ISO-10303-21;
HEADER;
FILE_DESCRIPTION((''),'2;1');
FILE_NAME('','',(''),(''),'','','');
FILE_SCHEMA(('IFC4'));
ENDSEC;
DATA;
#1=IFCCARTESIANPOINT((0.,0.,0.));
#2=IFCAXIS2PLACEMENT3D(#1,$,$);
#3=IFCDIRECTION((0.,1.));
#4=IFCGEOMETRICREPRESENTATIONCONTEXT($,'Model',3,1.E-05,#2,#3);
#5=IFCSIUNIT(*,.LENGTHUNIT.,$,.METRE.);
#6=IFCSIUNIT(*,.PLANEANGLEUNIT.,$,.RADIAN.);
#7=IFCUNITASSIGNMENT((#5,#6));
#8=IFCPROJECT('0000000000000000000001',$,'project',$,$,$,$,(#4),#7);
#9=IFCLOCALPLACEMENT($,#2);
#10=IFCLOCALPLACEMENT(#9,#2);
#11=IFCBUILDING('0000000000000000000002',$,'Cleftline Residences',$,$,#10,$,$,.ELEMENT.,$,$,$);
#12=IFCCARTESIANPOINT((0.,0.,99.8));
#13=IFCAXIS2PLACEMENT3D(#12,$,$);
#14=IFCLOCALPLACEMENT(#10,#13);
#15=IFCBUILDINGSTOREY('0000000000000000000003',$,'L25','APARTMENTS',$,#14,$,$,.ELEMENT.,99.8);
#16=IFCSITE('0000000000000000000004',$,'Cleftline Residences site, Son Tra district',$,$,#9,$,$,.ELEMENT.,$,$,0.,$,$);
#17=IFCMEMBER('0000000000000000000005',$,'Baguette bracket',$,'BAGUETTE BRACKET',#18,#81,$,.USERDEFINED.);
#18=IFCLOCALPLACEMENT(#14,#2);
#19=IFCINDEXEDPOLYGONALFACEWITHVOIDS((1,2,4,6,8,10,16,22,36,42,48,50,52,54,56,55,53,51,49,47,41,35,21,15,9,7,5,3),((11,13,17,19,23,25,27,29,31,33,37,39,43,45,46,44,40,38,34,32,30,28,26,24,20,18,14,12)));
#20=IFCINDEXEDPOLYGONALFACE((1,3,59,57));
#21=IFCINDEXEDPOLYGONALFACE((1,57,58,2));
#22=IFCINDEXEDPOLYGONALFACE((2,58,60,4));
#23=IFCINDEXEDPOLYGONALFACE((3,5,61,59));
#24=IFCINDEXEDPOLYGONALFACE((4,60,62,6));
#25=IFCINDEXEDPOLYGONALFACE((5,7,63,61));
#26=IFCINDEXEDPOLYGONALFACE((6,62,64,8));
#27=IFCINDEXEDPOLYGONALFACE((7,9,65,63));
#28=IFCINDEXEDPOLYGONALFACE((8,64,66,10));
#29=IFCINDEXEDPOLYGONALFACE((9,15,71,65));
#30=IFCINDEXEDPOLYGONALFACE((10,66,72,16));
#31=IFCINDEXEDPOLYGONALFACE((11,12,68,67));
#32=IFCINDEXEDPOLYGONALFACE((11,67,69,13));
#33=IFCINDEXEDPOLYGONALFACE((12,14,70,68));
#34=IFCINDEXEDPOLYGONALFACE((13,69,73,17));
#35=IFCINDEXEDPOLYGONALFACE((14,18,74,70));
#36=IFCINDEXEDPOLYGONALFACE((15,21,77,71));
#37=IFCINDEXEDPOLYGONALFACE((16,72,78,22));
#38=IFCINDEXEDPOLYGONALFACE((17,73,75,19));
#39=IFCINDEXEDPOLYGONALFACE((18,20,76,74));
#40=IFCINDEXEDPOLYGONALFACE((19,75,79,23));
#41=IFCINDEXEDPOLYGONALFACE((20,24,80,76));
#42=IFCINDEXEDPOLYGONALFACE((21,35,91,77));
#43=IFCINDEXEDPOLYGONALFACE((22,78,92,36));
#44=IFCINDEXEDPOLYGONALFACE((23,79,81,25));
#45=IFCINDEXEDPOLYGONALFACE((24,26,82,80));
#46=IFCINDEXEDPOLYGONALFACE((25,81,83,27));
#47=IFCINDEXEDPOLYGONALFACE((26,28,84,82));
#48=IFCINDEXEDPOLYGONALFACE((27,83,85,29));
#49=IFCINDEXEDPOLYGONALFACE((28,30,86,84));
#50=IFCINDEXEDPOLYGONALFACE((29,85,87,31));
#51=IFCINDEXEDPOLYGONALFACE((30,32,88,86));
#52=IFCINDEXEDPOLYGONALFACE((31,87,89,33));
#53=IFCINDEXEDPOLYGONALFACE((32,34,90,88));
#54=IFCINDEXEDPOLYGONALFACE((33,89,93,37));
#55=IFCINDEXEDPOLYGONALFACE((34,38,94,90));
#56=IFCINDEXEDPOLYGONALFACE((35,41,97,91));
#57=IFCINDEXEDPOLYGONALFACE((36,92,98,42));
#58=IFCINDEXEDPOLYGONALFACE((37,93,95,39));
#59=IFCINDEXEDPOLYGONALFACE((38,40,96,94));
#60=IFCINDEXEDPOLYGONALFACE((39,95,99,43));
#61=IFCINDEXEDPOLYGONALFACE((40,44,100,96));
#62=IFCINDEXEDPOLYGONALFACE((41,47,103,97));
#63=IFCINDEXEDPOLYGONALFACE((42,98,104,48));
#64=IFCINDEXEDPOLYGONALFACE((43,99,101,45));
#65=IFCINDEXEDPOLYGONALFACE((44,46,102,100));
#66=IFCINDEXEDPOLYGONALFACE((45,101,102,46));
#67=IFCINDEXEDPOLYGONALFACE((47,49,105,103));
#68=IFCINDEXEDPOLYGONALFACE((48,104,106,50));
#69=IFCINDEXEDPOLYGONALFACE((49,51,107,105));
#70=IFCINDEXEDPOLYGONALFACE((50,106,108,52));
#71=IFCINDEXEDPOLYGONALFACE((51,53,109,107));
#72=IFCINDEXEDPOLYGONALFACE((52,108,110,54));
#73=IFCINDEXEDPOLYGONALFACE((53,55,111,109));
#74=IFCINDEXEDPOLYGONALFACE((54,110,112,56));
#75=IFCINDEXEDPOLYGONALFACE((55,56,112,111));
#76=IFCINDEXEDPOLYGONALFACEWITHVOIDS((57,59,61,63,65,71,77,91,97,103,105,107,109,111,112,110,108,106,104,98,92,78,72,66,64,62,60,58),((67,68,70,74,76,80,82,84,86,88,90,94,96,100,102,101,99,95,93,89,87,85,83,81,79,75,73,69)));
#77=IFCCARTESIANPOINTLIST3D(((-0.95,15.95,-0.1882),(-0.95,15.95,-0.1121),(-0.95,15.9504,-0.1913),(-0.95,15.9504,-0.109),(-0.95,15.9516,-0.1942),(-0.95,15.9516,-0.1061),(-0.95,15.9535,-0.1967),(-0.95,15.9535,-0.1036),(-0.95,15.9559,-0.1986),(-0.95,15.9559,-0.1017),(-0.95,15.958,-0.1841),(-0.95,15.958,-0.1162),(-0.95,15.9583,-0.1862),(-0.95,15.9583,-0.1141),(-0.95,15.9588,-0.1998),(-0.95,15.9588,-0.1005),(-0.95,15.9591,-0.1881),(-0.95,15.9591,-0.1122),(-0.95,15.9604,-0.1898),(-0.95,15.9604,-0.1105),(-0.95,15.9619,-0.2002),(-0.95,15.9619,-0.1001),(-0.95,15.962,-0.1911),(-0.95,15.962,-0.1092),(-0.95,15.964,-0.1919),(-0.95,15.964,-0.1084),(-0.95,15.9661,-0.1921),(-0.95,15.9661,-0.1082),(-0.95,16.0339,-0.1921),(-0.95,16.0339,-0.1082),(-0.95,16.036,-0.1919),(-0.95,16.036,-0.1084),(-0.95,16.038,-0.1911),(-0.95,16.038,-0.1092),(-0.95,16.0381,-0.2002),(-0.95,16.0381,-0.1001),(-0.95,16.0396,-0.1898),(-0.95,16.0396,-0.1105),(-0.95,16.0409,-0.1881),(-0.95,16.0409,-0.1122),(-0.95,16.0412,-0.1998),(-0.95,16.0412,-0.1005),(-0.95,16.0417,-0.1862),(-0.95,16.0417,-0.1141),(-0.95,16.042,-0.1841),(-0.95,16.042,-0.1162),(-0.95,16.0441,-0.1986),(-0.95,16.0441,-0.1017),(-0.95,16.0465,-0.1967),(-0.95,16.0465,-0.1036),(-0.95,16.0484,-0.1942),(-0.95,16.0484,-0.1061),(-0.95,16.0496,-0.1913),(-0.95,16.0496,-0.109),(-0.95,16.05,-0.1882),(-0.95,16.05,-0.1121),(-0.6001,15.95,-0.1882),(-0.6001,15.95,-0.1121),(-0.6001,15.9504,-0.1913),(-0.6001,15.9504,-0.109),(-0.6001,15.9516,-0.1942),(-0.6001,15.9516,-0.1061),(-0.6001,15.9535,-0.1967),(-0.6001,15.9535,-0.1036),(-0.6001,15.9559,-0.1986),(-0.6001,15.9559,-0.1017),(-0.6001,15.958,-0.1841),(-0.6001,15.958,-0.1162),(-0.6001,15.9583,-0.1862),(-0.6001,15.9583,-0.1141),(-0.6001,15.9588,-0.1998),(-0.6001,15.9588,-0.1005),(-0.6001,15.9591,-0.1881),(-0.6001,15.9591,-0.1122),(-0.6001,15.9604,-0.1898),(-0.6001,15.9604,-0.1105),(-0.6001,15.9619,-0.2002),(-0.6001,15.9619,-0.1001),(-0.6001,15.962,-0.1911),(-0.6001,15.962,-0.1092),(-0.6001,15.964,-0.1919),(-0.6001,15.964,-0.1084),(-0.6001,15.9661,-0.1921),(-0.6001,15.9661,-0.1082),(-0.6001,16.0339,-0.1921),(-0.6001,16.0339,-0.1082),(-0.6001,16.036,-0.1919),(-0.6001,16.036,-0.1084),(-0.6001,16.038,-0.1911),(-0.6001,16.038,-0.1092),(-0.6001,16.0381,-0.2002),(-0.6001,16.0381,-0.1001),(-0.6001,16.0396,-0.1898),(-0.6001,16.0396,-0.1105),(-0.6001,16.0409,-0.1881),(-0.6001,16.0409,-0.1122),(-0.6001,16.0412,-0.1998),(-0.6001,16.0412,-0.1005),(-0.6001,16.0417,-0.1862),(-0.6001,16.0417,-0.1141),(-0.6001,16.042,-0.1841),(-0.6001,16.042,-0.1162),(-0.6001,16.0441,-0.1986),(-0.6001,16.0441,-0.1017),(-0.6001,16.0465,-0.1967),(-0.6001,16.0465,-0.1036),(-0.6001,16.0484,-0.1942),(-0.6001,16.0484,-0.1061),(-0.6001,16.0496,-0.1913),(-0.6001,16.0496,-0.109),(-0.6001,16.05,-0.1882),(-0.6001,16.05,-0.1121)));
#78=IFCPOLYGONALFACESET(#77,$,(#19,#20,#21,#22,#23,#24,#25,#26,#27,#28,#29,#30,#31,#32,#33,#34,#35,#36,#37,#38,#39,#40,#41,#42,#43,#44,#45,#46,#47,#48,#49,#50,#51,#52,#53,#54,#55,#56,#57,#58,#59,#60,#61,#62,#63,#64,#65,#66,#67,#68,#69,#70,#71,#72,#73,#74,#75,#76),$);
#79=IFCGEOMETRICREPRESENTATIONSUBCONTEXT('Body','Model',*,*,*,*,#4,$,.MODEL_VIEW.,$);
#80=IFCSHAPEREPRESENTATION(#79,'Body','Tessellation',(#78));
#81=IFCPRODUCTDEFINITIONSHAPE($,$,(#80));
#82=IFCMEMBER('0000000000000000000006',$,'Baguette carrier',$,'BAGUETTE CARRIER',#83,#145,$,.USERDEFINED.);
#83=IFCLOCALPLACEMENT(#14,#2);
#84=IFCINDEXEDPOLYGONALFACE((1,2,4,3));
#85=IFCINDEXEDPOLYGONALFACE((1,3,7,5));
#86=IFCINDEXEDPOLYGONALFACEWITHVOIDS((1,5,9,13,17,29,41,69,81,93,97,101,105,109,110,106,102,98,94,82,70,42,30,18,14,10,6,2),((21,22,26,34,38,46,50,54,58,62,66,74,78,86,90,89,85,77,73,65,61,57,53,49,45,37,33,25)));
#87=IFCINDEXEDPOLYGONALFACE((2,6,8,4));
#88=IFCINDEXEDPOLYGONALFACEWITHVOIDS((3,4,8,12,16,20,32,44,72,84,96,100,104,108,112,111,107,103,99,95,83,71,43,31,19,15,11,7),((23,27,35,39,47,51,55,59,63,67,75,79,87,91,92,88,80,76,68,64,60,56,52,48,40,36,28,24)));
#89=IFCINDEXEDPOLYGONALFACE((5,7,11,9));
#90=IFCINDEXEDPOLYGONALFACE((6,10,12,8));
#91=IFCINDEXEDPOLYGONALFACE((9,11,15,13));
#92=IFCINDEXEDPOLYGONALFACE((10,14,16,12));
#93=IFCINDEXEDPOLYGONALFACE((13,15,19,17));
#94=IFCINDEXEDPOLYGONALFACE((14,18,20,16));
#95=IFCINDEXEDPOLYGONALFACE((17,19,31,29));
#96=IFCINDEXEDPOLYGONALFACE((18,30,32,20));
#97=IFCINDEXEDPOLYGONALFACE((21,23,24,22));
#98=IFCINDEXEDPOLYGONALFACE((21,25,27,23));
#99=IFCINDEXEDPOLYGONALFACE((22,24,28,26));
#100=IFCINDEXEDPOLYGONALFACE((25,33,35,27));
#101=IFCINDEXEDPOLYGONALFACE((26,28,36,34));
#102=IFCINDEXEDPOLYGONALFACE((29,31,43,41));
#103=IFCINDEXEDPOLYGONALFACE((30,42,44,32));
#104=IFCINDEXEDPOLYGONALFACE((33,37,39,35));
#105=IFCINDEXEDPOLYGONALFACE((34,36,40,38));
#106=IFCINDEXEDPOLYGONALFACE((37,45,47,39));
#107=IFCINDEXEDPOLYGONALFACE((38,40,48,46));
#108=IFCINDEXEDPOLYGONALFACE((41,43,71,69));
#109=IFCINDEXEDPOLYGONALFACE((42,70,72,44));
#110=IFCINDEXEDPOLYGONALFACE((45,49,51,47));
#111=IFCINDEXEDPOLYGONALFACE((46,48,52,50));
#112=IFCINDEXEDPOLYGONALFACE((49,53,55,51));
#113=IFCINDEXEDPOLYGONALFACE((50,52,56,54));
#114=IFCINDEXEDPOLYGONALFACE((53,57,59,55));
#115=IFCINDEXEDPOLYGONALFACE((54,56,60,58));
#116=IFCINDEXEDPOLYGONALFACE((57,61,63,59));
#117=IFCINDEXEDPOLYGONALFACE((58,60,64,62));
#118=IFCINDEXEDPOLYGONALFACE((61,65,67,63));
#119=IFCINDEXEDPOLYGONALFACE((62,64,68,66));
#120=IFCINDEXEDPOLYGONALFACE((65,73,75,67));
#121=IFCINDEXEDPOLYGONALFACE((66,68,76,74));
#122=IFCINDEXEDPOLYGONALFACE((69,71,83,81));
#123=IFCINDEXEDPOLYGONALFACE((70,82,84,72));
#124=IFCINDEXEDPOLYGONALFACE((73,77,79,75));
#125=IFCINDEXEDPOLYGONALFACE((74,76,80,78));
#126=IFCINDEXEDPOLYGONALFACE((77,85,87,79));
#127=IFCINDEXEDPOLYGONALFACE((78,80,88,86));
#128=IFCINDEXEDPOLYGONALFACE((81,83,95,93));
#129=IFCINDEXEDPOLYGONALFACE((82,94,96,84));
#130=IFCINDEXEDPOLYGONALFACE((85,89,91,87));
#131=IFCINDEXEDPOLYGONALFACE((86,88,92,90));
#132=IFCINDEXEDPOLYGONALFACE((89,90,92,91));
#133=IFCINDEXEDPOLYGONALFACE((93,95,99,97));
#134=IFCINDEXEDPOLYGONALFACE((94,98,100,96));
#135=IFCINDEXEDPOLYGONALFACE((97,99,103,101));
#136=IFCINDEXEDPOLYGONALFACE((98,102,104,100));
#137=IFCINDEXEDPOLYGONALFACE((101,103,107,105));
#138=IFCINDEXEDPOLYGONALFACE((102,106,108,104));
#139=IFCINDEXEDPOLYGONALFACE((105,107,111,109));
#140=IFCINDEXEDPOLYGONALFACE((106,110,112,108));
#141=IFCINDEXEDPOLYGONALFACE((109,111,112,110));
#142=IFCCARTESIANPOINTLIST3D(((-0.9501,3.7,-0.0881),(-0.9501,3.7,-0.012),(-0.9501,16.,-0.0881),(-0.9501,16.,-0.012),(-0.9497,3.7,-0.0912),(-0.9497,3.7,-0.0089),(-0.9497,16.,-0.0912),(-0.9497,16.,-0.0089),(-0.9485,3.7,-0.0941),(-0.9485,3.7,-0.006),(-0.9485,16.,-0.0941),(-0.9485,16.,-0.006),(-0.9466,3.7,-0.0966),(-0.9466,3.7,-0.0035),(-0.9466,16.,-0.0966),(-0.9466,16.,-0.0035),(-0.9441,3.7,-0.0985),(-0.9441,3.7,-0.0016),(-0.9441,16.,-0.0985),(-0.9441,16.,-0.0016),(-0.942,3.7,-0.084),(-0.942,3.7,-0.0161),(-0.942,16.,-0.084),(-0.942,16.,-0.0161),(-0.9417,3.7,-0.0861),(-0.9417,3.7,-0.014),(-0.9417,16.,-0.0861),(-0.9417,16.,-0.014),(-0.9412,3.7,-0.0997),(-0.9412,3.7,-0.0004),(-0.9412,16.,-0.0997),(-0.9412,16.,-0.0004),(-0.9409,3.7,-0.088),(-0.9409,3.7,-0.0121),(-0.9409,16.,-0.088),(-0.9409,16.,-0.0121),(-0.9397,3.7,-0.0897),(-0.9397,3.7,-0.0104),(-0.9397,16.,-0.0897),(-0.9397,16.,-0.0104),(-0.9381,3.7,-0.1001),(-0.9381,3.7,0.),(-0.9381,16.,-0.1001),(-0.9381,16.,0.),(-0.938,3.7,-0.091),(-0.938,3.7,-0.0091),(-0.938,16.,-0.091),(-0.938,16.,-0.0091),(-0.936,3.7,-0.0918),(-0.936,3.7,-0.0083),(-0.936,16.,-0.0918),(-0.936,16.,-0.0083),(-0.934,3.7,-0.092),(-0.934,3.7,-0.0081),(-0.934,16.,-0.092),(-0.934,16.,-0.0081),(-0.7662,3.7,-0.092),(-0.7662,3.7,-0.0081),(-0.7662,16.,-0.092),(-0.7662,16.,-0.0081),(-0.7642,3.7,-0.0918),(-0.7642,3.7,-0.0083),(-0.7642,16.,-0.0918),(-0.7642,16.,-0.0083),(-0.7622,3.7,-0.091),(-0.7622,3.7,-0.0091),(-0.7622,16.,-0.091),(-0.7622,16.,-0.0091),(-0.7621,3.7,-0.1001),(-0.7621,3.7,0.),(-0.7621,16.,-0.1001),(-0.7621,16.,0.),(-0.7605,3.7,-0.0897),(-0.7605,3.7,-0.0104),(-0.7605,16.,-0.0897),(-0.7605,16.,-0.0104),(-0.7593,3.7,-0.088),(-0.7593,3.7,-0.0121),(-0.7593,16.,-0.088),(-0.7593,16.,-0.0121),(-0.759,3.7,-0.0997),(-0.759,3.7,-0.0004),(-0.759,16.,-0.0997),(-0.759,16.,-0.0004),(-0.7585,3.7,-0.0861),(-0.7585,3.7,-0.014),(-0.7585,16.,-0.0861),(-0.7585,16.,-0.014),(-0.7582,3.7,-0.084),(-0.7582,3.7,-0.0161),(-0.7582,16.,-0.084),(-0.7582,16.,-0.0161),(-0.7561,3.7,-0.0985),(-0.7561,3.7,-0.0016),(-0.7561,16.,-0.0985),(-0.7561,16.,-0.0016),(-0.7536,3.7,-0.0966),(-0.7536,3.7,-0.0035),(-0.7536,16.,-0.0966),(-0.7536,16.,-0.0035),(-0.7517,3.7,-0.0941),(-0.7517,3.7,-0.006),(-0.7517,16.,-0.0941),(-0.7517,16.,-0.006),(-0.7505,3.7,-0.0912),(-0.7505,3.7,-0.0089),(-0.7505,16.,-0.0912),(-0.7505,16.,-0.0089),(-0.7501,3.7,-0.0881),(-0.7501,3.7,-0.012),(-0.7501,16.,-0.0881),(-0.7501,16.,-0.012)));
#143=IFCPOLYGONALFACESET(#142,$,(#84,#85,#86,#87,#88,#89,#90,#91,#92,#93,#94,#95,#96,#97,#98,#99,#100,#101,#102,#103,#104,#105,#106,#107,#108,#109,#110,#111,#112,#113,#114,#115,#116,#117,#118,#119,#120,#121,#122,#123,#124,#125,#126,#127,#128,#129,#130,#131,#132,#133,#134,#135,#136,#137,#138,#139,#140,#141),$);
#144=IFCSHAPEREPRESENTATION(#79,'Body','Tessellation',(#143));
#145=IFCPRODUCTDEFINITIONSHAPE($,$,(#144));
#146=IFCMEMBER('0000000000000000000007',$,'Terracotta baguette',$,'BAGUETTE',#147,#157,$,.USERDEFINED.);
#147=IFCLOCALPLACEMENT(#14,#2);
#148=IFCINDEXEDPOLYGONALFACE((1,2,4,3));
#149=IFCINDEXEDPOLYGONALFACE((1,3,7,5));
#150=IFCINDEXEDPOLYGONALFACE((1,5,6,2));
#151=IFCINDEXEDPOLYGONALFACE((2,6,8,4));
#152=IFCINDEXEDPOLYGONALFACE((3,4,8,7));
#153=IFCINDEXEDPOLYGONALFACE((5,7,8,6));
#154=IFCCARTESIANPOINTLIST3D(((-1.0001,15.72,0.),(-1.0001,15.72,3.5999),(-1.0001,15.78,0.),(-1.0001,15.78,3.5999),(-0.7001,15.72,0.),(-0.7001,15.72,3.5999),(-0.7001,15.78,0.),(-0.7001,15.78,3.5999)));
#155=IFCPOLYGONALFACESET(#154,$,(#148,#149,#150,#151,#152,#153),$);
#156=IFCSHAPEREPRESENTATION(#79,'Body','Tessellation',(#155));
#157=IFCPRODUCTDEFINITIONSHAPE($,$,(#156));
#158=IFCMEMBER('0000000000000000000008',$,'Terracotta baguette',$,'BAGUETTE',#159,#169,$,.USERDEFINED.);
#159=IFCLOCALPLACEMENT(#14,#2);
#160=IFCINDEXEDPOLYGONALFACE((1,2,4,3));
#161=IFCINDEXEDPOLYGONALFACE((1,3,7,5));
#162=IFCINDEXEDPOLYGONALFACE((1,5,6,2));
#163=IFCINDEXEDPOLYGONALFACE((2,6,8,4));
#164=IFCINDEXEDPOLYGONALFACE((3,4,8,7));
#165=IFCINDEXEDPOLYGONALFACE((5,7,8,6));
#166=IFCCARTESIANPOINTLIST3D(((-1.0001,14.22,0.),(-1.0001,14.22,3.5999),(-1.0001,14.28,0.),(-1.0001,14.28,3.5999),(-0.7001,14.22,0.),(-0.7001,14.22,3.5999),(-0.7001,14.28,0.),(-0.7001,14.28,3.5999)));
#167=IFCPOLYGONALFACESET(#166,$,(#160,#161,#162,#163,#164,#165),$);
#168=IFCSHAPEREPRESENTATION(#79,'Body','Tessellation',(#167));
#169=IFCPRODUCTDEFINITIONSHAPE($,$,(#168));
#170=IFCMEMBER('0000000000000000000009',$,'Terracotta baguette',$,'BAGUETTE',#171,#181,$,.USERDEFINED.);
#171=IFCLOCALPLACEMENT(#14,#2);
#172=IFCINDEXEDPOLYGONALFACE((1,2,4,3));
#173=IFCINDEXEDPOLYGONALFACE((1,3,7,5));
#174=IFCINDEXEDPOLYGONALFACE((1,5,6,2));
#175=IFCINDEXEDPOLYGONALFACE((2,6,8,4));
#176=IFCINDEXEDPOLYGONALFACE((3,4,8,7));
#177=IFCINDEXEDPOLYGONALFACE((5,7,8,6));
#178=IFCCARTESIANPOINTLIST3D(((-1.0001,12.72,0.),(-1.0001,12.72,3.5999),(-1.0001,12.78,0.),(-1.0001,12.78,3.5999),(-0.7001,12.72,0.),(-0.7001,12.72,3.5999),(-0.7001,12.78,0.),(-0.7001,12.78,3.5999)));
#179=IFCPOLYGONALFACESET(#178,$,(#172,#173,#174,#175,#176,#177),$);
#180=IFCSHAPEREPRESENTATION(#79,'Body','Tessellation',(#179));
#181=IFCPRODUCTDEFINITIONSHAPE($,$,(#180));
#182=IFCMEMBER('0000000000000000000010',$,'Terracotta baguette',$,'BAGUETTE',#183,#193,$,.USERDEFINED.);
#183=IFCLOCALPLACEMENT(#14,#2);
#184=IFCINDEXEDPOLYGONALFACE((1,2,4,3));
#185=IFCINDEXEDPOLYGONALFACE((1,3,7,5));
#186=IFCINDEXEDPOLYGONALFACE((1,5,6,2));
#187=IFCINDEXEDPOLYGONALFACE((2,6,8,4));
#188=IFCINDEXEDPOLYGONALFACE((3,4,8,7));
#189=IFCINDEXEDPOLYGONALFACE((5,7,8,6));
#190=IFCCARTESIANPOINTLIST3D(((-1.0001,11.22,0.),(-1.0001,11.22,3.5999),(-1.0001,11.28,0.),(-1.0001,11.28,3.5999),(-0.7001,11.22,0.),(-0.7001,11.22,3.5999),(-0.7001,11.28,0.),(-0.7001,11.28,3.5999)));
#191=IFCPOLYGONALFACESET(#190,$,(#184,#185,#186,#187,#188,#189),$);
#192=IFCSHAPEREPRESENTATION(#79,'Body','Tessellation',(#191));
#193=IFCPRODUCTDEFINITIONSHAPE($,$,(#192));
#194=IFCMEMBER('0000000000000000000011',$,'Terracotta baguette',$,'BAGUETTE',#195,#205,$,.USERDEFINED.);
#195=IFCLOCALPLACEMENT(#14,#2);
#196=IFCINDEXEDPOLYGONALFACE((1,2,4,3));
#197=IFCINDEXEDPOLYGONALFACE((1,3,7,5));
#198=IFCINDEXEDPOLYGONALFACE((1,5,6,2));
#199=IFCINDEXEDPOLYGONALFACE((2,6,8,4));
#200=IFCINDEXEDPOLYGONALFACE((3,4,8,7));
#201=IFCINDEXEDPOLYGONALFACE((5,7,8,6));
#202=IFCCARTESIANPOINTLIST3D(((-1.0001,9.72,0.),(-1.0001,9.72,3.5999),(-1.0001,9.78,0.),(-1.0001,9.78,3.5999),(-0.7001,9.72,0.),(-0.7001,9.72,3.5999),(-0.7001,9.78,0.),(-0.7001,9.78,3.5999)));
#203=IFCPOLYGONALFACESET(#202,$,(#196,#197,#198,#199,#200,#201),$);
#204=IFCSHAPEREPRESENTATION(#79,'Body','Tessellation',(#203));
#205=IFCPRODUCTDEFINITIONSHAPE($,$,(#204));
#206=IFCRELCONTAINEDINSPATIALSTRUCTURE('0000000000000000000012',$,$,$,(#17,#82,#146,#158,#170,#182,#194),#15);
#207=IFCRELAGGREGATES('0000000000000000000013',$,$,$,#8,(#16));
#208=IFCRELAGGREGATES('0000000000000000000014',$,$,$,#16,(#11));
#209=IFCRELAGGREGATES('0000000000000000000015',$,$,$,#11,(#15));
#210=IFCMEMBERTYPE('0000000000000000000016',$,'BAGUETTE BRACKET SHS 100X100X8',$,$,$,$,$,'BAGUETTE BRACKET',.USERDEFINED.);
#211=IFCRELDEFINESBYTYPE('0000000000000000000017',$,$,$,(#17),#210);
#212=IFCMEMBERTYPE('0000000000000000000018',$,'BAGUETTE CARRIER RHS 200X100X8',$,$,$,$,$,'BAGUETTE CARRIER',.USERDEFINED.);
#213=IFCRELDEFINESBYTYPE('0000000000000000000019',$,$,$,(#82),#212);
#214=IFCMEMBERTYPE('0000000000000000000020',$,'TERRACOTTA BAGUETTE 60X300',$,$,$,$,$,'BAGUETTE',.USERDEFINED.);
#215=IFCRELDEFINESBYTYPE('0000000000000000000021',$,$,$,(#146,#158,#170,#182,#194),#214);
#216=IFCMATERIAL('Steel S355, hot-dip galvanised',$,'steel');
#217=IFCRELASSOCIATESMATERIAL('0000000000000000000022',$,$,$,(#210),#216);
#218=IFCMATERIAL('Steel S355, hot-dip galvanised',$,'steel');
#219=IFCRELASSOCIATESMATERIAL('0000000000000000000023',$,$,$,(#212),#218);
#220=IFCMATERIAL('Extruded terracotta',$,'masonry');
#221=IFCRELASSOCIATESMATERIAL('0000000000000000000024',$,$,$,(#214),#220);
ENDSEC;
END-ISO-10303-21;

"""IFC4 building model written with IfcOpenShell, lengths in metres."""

from ifc_helpers import new_model, si_unit, direction, frame, origin, origin_2d, place, context, subcontext, project, spatial, rectangle, hollow_rectangle, extrude, material, material_profile, profile_set, type_object, element, save


model = new_model("IFC4")

# Units and contexts
model_context = context("Model", 3, precision=1e-05, world=origin(), true_north=direction((0.0, 1.0)))
body_context = subcontext(model_context, "Body", "Model", "MODEL_VIEW")
ifc_project = project(units=[si_unit("LENGTHUNIT", "METRE"), si_unit("PLANEANGLEUNIT", "RADIAN")], contexts=[model_context])

# Site, building, storey
site_placement = place(None, origin())
site = spatial("IfcSite", under=ifc_project, at=site_placement, Name="Cleftline Residences site, Son Tra district", CompositionType="ELEMENT", RefElevation=0.0)
building_placement = place(site_placement, origin())
building = spatial("IfcBuilding", under=site, at=building_placement, Name="Cleftline Residences", CompositionType="ELEMENT")
storey_placement = place(building_placement, frame((0.0, 0.0, 99.8)))
storey = spatial("IfcBuildingStorey", under=building, at=storey_placement, Name="L25", Description="APARTMENTS", CompositionType="ELEMENT", Elevation=99.8)

# Members
ifc_material_1 = material(Name="Steel S355, hot-dip galvanised", Category="steel")
ifc_material_profile_1 = material_profile(ifc_material_1, hollow_rectangle(XDim=0.1001, YDim=0.1001, WallThickness=0.0081, InnerFilletRadius=0.0081, OuterFilletRadius=0.012, at=origin_2d()))
ifc_profile_set_1 = profile_set([ifc_material_profile_1], Name="Steel S355, hot-dip galvanised")
member_type_1 = type_object("IfcMemberType", Name="BAGUETTE BRACKET SHS 100X100X8", ElementType="BAGUETTE BRACKET", PredefinedType="USERDEFINED", material=ifc_profile_set_1)
member_1_placement = place(storey_placement, frame((-0.6001, 16.0, -0.1501), z_axis=(-1.0, 0.0, 0.0), x_axis=(0.0, -1.0, 0.0)))
element("IfcMember", 1, at=member_1_placement, inside=storey, type_object=member_type_1, Name="Baguette bracket", ObjectType="BAGUETTE BRACKET", PredefinedType="USERDEFINED", context=body_context, shape_type="SweptSolid", body=[
    extrude(hollow_rectangle(XDim=0.1001, YDim=0.1001, WallThickness=0.0081, InnerFilletRadius=0.0081, OuterFilletRadius=0.012, at=origin_2d()), origin(), (0.0, 0.0, 1.0), 0.3499),
])
ifc_material_2 = material(Name="Steel S355, hot-dip galvanised", Category="steel")
ifc_material_profile_2 = material_profile(ifc_material_2, hollow_rectangle(XDim=0.1001, YDim=0.2, WallThickness=0.0081, InnerFilletRadius=0.0081, OuterFilletRadius=0.012, at=origin_2d()))
ifc_profile_set_2 = profile_set([ifc_material_profile_2], Name="Steel S355, hot-dip galvanised")
member_type_2 = type_object("IfcMemberType", Name="BAGUETTE CARRIER RHS 200X100X8", ElementType="BAGUETTE CARRIER", PredefinedType="USERDEFINED", material=ifc_profile_set_2)
member_2_placement = place(storey_placement, frame((-0.8501, 16.0, -0.05), z_axis=(0.0, -1.0, 0.0), x_axis=(0.0, 0.0, 1.0)))
element("IfcMember", 2, at=member_2_placement, inside=storey, type_object=member_type_2, Name="Baguette carrier", ObjectType="BAGUETTE CARRIER", PredefinedType="USERDEFINED", context=body_context, shape_type="SweptSolid", body=[
    extrude(hollow_rectangle(XDim=0.1001, YDim=0.2, WallThickness=0.0081, InnerFilletRadius=0.0081, OuterFilletRadius=0.012, at=origin_2d()), origin(), (0.0, 0.0, 1.0), 12.3),
])
ifc_material_3 = material(Name="Extruded terracotta", Category="masonry")
ifc_material_profile_3 = material_profile(ifc_material_3, rectangle(XDim=0.0601, YDim=0.3, at=origin_2d()))
ifc_profile_set_3 = profile_set([ifc_material_profile_3], Name="Extruded terracotta")
member_type_3 = type_object("IfcMemberType", Name="TERRACOTTA BAGUETTE 60X300", ElementType="BAGUETTE", PredefinedType="USERDEFINED", material=ifc_profile_set_3)
for number, where, z_axis, x_axis, name in (
    (3, (-0.8501, 15.75, 0.0), (0.0, 0.0, 1.0), (0.0, 1.0, 0.0), "Terracotta baguette"),
    (4, (-0.8501, 14.25, 0.0), (0.0, 0.0, 1.0), (0.0, 1.0, 0.0), "Terracotta baguette"),
    (5, (-0.8501, 12.75, 0.0), (0.0, 0.0, 1.0), (0.0, 1.0, 0.0), "Terracotta baguette"),
    (6, (-0.8501, 11.25, 0.0), (0.0, 0.0, 1.0), (0.0, 1.0, 0.0), "Terracotta baguette"),
    (7, (-0.8501, 9.75, 0.0), (0.0, 0.0, 1.0), (0.0, 1.0, 0.0), "Terracotta baguette"),
):
    element("IfcMember", number, at=place(storey_placement, frame(where, z_axis=z_axis, x_axis=x_axis)), inside=storey, type_object=member_type_3, Name=name, ObjectType="BAGUETTE", PredefinedType="USERDEFINED", context=body_context, shape_type="SweptSolid", body=[
        extrude(rectangle(XDim=0.0601, YDim=0.3, at=origin_2d()), origin(), (0.0, 0.0, 1.0), 3.5999),
    ])

save(model, "model.ifc")
